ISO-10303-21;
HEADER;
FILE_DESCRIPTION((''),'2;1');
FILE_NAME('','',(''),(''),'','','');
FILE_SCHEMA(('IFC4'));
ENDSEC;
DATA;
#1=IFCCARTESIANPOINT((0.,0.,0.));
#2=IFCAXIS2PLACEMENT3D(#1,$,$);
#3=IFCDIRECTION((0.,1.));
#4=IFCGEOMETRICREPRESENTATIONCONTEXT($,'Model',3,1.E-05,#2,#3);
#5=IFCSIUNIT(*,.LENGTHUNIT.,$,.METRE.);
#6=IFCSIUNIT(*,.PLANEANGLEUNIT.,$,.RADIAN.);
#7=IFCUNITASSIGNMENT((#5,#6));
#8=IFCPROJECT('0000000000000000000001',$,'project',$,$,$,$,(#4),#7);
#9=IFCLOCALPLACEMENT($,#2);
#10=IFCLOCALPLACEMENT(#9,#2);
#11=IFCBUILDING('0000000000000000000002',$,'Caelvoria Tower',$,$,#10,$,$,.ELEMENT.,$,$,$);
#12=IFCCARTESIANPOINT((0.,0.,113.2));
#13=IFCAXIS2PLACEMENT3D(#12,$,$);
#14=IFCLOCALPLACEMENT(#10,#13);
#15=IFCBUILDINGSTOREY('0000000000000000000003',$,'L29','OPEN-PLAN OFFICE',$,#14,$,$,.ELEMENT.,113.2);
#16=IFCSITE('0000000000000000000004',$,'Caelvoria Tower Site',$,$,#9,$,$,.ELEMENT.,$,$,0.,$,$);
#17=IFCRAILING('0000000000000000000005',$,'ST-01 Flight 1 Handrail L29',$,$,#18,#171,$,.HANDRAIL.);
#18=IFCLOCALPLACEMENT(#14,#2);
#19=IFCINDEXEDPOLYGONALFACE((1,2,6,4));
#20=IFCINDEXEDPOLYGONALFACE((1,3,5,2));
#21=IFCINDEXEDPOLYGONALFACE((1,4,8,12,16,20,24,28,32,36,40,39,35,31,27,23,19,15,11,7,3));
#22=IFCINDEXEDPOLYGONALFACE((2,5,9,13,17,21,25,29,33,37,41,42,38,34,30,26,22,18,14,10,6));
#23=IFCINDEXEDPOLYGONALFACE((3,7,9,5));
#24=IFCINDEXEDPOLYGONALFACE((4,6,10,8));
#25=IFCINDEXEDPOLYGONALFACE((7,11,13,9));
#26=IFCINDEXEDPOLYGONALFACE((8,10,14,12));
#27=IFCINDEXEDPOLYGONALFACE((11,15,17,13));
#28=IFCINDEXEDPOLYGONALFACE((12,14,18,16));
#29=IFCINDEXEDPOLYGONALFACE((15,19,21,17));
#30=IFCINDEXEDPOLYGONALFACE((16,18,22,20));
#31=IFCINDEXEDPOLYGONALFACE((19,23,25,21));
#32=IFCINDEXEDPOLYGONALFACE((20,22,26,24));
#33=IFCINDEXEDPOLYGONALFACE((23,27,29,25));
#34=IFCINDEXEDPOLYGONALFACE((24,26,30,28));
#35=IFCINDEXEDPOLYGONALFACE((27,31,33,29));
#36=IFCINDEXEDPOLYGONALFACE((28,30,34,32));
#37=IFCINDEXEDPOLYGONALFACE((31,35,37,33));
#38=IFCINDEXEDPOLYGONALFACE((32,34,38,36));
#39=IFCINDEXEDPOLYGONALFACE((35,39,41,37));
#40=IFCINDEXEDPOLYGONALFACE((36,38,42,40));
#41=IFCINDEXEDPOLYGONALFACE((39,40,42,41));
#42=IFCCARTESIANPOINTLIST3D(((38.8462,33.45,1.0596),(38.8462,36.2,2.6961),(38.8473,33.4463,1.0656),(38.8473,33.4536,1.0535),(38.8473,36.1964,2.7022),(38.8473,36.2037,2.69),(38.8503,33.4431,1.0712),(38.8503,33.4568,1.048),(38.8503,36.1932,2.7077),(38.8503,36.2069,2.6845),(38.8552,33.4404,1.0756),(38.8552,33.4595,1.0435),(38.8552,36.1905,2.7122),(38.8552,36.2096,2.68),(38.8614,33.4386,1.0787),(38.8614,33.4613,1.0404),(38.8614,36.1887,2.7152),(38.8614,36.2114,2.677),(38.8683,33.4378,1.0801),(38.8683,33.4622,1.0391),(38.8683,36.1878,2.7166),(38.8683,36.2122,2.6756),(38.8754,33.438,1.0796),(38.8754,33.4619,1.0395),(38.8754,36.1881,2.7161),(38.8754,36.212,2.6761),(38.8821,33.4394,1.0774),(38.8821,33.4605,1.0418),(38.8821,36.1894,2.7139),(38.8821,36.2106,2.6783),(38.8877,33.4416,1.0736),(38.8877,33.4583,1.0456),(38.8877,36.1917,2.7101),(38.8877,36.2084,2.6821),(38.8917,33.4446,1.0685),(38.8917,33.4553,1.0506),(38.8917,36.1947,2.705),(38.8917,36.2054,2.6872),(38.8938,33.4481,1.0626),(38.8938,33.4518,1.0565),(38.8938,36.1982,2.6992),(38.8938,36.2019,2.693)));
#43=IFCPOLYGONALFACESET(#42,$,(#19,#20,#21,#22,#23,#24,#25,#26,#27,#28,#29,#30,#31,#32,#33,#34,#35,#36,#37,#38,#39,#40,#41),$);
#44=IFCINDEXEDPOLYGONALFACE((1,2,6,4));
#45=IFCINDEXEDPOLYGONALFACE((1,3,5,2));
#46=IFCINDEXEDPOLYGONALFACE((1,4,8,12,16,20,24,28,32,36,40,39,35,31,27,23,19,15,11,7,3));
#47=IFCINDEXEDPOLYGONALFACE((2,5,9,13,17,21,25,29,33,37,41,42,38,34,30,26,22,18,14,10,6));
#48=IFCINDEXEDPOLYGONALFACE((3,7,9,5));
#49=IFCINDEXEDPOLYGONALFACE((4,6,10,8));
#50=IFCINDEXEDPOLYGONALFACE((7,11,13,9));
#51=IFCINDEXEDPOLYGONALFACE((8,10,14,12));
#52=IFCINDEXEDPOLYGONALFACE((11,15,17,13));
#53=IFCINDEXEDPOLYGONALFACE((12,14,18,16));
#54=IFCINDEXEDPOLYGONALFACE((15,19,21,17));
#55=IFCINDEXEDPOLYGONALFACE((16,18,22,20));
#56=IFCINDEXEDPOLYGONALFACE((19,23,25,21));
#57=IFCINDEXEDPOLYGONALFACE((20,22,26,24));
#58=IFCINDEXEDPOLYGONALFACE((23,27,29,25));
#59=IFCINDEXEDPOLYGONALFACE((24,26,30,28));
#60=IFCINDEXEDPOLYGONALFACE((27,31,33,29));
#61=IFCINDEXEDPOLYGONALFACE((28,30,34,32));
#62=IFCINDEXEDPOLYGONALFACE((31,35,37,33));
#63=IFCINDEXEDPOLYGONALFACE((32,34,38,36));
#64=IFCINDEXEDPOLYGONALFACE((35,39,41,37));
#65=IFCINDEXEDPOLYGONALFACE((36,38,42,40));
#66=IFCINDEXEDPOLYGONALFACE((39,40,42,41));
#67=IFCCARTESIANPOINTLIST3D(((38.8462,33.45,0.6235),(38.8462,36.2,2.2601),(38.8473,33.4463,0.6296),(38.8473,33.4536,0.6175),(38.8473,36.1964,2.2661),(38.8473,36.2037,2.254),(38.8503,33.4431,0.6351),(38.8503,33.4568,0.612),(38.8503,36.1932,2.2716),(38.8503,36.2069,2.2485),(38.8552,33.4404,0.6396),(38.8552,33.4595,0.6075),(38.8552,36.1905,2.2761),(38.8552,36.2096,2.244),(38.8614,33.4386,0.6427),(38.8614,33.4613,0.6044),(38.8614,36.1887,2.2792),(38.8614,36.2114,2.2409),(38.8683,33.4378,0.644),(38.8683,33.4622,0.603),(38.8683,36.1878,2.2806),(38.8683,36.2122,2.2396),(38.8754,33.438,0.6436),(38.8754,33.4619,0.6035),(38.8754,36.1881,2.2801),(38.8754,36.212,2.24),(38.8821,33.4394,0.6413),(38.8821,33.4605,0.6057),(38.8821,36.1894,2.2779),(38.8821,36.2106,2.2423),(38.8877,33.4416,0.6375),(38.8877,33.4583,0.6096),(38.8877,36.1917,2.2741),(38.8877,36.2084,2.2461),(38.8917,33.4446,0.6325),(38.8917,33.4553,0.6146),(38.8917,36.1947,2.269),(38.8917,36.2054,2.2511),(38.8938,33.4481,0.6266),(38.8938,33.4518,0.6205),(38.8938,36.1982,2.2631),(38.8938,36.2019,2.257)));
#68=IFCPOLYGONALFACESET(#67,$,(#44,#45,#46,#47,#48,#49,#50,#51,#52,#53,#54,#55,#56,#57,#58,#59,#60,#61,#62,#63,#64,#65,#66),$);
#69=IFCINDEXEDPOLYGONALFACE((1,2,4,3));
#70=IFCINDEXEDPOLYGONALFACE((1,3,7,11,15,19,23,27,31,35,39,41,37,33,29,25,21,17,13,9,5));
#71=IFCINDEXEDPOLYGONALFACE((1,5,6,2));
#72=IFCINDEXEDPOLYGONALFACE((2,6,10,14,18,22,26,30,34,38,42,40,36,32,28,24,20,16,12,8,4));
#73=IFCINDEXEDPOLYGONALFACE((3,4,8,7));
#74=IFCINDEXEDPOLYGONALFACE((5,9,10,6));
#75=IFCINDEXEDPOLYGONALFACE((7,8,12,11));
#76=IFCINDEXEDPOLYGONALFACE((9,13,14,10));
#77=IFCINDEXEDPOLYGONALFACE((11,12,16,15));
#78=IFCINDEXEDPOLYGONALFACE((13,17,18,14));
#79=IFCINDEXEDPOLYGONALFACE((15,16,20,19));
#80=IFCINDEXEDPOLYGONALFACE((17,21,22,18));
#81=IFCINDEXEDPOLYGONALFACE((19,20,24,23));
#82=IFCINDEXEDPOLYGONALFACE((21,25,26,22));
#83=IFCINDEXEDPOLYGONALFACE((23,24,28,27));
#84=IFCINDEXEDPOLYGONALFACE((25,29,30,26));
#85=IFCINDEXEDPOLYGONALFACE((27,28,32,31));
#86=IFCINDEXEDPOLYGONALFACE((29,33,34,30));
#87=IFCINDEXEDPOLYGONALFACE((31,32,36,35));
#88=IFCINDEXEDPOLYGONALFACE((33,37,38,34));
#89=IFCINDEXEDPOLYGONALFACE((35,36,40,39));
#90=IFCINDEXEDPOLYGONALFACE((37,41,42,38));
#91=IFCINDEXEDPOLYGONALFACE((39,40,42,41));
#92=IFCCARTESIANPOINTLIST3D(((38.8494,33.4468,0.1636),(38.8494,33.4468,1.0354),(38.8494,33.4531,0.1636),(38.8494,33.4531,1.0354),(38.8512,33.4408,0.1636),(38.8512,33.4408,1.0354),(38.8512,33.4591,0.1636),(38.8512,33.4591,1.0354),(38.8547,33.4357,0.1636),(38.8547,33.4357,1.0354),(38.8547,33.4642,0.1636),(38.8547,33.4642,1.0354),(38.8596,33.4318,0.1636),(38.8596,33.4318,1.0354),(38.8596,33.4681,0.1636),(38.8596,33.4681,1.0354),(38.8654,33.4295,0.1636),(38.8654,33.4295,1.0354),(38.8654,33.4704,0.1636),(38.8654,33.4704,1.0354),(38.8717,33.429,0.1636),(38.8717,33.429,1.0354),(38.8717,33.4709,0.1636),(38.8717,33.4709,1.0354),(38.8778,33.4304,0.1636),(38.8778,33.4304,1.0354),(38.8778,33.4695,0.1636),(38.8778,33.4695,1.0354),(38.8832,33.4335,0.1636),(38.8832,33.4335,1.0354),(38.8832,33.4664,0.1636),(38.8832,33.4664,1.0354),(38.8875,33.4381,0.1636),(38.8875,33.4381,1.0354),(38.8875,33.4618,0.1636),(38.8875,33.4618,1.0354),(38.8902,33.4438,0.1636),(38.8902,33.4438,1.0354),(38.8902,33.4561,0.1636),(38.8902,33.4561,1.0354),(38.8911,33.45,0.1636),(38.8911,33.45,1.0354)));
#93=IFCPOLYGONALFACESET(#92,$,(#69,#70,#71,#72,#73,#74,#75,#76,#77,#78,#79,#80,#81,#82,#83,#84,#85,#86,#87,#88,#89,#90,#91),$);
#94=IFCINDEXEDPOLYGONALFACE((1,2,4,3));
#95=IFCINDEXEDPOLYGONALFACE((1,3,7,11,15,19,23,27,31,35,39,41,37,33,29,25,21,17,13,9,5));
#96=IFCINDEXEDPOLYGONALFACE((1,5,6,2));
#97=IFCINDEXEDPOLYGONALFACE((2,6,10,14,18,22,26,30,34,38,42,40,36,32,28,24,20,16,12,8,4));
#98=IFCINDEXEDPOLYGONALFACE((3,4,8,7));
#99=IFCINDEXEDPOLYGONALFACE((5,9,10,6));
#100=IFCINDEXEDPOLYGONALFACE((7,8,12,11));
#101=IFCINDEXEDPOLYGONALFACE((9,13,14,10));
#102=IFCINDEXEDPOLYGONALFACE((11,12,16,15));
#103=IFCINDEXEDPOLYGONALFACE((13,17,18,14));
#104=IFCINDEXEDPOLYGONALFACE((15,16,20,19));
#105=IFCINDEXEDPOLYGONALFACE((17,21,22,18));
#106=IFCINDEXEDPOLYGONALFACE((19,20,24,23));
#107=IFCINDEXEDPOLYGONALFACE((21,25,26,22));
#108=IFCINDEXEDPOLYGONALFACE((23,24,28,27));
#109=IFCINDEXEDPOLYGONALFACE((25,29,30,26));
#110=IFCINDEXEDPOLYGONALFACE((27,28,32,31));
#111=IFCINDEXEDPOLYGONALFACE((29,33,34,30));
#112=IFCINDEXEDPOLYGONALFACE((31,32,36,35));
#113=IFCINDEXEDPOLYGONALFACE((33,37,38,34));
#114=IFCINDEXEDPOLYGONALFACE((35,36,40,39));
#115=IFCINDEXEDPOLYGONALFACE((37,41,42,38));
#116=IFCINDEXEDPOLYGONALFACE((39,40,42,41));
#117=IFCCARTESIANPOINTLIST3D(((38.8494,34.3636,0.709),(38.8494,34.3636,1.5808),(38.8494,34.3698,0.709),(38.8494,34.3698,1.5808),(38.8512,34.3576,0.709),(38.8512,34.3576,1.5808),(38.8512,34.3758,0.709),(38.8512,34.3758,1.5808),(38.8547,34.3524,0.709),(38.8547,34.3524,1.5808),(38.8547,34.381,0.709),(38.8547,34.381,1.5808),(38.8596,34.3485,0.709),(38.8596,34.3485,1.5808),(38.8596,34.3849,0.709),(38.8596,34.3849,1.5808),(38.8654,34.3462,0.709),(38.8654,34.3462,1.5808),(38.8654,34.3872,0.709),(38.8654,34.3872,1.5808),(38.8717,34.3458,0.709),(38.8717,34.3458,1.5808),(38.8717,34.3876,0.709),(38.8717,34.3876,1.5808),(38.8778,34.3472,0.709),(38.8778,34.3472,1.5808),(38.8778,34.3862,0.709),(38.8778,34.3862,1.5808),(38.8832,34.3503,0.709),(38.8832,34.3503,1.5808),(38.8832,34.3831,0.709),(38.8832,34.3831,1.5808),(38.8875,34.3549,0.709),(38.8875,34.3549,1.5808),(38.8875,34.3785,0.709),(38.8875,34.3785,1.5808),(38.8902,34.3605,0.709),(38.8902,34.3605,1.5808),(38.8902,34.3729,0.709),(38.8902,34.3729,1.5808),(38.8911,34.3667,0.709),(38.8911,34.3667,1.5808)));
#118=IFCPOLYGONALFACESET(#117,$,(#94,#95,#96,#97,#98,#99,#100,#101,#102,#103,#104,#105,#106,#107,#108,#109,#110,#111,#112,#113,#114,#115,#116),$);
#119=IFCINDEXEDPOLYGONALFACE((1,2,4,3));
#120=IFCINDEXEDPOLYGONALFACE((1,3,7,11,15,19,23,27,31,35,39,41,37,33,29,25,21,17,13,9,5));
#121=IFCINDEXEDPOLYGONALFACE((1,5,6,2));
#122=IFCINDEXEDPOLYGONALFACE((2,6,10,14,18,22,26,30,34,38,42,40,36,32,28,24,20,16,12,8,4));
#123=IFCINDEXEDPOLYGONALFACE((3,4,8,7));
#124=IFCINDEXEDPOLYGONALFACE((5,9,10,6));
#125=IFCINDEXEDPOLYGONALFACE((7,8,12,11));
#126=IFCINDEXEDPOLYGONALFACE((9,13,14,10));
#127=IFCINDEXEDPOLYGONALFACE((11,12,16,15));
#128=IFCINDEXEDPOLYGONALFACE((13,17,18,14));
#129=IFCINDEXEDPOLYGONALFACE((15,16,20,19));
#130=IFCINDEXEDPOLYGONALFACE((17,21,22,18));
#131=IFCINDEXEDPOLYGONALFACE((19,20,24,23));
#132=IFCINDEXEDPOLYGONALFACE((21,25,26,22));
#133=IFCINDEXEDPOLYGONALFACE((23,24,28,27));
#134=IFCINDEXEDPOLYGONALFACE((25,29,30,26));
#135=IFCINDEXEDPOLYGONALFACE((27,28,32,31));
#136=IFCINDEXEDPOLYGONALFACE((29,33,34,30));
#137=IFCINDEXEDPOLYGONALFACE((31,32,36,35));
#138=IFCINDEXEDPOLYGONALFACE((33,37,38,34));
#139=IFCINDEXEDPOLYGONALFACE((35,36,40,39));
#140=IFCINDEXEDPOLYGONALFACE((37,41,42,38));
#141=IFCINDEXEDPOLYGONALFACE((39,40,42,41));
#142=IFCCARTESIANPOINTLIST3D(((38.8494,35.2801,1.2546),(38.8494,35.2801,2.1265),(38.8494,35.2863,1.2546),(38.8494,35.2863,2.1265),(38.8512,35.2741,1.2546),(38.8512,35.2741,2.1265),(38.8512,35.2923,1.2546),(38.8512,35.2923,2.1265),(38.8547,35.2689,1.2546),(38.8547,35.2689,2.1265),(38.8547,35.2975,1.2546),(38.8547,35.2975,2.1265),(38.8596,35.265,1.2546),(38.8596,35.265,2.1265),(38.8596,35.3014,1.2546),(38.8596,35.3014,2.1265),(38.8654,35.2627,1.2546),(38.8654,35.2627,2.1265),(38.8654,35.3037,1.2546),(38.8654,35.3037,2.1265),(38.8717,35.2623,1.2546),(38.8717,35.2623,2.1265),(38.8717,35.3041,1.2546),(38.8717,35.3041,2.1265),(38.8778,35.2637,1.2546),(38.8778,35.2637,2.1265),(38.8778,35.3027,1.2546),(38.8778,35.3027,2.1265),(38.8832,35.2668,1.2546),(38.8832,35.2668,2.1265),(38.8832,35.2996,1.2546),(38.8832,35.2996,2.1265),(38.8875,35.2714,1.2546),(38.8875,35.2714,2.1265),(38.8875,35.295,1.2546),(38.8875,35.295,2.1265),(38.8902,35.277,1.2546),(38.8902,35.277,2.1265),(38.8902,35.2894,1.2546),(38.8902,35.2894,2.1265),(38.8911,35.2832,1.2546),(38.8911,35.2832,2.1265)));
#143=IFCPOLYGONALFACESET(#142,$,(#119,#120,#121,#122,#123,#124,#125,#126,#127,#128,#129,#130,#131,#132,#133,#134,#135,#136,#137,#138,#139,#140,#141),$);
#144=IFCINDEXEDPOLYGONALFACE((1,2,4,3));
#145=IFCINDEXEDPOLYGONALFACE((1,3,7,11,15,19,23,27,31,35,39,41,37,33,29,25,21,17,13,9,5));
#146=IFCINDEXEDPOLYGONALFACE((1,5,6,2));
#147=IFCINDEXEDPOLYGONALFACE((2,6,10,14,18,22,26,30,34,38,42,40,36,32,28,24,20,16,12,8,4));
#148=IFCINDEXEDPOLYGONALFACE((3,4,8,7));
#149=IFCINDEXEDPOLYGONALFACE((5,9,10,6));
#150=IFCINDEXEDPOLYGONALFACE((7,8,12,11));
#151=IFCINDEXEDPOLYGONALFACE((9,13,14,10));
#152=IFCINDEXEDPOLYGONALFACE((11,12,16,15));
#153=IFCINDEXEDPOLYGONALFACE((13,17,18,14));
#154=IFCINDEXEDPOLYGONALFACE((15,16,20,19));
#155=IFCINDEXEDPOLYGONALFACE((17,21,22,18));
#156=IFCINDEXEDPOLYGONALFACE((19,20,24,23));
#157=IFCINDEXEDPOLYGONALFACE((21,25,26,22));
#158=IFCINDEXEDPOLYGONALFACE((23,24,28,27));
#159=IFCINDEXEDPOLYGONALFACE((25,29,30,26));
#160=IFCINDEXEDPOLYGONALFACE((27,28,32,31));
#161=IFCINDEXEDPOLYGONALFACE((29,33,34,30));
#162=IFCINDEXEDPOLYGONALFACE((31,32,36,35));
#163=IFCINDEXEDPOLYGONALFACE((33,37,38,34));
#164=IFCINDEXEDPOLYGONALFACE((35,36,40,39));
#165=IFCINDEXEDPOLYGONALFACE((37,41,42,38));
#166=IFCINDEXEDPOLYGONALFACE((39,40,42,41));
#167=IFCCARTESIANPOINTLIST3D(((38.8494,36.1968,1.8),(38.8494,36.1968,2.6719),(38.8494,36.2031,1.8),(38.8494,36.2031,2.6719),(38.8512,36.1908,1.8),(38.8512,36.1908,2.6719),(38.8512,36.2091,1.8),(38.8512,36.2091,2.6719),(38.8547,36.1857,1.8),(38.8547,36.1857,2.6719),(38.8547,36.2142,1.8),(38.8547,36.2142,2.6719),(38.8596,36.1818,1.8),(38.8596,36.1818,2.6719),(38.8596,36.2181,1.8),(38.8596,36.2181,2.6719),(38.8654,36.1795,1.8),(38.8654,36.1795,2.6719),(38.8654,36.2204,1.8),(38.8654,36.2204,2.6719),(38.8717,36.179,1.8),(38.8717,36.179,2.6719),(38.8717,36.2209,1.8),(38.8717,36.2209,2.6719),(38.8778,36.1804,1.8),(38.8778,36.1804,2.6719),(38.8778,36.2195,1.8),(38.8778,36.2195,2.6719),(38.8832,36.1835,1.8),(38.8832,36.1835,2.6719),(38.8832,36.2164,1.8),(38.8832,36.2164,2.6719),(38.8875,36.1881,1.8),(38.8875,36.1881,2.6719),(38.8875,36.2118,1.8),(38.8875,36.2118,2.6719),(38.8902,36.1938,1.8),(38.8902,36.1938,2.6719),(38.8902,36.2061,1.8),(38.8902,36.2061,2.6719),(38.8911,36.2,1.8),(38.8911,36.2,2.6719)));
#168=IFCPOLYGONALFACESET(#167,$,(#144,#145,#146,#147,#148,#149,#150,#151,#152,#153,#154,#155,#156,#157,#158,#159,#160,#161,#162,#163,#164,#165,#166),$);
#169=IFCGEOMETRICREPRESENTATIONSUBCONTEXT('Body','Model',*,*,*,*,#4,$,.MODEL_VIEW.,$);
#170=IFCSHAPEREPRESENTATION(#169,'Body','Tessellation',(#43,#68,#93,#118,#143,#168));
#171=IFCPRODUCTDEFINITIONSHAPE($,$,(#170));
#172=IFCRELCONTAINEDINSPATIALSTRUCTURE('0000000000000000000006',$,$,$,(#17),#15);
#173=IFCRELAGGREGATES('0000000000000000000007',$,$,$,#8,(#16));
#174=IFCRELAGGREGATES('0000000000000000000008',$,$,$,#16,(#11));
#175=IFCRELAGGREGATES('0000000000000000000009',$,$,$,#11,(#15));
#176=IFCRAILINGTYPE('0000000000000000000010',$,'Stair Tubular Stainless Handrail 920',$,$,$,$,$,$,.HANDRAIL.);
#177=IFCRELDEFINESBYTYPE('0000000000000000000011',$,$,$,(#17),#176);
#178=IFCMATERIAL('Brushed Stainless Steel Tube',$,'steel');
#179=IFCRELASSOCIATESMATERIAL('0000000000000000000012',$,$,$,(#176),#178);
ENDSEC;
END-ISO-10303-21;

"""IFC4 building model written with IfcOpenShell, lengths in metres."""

from ifc_helpers import new_model, si_unit, direction, frame, origin, origin_2d, place, context, subcontext, project, spatial, circle, extrude, material, type_object, element, save


model = new_model("IFC4")

# Units and contexts
model_context = context("Model", 3, precision=1e-05, world=origin(), true_north=direction((0.0, 1.0)))
body_context = subcontext(model_context, "Body", "Model", "MODEL_VIEW")
ifc_project = project(units=[si_unit("LENGTHUNIT", "METRE"), si_unit("PLANEANGLEUNIT", "RADIAN")], contexts=[model_context])

# Site, building, storey
site_placement = place(None, origin())
site = spatial("IfcSite", under=ifc_project, at=site_placement, Name="Caelvoria Tower Site", CompositionType="ELEMENT", RefElevation=0.0)
building_placement = place(site_placement, origin())
building = spatial("IfcBuilding", under=site, at=building_placement, Name="Caelvoria Tower", CompositionType="ELEMENT")
storey_placement = place(building_placement, frame((0.0, 0.0, 113.2)))
storey = spatial("IfcBuildingStorey", under=building, at=storey_placement, Name="L29", Description="OPEN-PLAN OFFICE", CompositionType="ELEMENT", Elevation=113.2)

# Railing
ifc_material_1 = material(Name="Brushed Stainless Steel Tube", Category="steel")
railing_type_1 = type_object("IfcRailingType", Name="Stair Tubular Stainless Handrail 920", PredefinedType="HANDRAIL", material=ifc_material_1)
railing_1_placement = place(storey_placement, frame((38.8701, 33.45, 0.1636)))
element("IfcRailing", 1, at=railing_1_placement, inside=storey, type_object=railing_type_1, Name="ST-01 Flight 1 Handrail L29", PredefinedType="HANDRAIL", context=body_context, shape_type="SweptSolid", body=[
    extrude(circle(Radius=0.0239, at=origin_2d()), frame((0.0, 0.0, 0.896), z_axis=(0.0, 0.859352, 0.511385), x_axis=(-1.0, 0.0, 0.0)), (0.0, 0.0, 1.0), 3.2002),
    extrude(circle(Radius=0.0239, at=origin_2d()), frame((0.0, 0.0, 0.46), z_axis=(0.0, 0.859352, 0.511385), x_axis=(-1.0, 0.0, 0.0)), (0.0, 0.0, 1.0), 3.2002),
    extrude(circle(Radius=0.021, at=origin_2d()), origin(), (0.0, 0.0, 1.0), 0.8718),
    extrude(circle(Radius=0.021, at=origin_2d()), frame((0.0, 0.9167, 0.5454)), (0.0, 0.0, 1.0), 0.8718),
    extrude(circle(Radius=0.021, at=origin_2d()), frame((0.0, 1.8333, 1.0911)), (0.0, 0.0, 1.0), 0.8718),
    extrude(circle(Radius=0.021, at=origin_2d()), frame((0.0, 2.75, 1.6365)), (0.0, 0.0, 1.0), 0.8718),
])

save(model, "model.ifc")
